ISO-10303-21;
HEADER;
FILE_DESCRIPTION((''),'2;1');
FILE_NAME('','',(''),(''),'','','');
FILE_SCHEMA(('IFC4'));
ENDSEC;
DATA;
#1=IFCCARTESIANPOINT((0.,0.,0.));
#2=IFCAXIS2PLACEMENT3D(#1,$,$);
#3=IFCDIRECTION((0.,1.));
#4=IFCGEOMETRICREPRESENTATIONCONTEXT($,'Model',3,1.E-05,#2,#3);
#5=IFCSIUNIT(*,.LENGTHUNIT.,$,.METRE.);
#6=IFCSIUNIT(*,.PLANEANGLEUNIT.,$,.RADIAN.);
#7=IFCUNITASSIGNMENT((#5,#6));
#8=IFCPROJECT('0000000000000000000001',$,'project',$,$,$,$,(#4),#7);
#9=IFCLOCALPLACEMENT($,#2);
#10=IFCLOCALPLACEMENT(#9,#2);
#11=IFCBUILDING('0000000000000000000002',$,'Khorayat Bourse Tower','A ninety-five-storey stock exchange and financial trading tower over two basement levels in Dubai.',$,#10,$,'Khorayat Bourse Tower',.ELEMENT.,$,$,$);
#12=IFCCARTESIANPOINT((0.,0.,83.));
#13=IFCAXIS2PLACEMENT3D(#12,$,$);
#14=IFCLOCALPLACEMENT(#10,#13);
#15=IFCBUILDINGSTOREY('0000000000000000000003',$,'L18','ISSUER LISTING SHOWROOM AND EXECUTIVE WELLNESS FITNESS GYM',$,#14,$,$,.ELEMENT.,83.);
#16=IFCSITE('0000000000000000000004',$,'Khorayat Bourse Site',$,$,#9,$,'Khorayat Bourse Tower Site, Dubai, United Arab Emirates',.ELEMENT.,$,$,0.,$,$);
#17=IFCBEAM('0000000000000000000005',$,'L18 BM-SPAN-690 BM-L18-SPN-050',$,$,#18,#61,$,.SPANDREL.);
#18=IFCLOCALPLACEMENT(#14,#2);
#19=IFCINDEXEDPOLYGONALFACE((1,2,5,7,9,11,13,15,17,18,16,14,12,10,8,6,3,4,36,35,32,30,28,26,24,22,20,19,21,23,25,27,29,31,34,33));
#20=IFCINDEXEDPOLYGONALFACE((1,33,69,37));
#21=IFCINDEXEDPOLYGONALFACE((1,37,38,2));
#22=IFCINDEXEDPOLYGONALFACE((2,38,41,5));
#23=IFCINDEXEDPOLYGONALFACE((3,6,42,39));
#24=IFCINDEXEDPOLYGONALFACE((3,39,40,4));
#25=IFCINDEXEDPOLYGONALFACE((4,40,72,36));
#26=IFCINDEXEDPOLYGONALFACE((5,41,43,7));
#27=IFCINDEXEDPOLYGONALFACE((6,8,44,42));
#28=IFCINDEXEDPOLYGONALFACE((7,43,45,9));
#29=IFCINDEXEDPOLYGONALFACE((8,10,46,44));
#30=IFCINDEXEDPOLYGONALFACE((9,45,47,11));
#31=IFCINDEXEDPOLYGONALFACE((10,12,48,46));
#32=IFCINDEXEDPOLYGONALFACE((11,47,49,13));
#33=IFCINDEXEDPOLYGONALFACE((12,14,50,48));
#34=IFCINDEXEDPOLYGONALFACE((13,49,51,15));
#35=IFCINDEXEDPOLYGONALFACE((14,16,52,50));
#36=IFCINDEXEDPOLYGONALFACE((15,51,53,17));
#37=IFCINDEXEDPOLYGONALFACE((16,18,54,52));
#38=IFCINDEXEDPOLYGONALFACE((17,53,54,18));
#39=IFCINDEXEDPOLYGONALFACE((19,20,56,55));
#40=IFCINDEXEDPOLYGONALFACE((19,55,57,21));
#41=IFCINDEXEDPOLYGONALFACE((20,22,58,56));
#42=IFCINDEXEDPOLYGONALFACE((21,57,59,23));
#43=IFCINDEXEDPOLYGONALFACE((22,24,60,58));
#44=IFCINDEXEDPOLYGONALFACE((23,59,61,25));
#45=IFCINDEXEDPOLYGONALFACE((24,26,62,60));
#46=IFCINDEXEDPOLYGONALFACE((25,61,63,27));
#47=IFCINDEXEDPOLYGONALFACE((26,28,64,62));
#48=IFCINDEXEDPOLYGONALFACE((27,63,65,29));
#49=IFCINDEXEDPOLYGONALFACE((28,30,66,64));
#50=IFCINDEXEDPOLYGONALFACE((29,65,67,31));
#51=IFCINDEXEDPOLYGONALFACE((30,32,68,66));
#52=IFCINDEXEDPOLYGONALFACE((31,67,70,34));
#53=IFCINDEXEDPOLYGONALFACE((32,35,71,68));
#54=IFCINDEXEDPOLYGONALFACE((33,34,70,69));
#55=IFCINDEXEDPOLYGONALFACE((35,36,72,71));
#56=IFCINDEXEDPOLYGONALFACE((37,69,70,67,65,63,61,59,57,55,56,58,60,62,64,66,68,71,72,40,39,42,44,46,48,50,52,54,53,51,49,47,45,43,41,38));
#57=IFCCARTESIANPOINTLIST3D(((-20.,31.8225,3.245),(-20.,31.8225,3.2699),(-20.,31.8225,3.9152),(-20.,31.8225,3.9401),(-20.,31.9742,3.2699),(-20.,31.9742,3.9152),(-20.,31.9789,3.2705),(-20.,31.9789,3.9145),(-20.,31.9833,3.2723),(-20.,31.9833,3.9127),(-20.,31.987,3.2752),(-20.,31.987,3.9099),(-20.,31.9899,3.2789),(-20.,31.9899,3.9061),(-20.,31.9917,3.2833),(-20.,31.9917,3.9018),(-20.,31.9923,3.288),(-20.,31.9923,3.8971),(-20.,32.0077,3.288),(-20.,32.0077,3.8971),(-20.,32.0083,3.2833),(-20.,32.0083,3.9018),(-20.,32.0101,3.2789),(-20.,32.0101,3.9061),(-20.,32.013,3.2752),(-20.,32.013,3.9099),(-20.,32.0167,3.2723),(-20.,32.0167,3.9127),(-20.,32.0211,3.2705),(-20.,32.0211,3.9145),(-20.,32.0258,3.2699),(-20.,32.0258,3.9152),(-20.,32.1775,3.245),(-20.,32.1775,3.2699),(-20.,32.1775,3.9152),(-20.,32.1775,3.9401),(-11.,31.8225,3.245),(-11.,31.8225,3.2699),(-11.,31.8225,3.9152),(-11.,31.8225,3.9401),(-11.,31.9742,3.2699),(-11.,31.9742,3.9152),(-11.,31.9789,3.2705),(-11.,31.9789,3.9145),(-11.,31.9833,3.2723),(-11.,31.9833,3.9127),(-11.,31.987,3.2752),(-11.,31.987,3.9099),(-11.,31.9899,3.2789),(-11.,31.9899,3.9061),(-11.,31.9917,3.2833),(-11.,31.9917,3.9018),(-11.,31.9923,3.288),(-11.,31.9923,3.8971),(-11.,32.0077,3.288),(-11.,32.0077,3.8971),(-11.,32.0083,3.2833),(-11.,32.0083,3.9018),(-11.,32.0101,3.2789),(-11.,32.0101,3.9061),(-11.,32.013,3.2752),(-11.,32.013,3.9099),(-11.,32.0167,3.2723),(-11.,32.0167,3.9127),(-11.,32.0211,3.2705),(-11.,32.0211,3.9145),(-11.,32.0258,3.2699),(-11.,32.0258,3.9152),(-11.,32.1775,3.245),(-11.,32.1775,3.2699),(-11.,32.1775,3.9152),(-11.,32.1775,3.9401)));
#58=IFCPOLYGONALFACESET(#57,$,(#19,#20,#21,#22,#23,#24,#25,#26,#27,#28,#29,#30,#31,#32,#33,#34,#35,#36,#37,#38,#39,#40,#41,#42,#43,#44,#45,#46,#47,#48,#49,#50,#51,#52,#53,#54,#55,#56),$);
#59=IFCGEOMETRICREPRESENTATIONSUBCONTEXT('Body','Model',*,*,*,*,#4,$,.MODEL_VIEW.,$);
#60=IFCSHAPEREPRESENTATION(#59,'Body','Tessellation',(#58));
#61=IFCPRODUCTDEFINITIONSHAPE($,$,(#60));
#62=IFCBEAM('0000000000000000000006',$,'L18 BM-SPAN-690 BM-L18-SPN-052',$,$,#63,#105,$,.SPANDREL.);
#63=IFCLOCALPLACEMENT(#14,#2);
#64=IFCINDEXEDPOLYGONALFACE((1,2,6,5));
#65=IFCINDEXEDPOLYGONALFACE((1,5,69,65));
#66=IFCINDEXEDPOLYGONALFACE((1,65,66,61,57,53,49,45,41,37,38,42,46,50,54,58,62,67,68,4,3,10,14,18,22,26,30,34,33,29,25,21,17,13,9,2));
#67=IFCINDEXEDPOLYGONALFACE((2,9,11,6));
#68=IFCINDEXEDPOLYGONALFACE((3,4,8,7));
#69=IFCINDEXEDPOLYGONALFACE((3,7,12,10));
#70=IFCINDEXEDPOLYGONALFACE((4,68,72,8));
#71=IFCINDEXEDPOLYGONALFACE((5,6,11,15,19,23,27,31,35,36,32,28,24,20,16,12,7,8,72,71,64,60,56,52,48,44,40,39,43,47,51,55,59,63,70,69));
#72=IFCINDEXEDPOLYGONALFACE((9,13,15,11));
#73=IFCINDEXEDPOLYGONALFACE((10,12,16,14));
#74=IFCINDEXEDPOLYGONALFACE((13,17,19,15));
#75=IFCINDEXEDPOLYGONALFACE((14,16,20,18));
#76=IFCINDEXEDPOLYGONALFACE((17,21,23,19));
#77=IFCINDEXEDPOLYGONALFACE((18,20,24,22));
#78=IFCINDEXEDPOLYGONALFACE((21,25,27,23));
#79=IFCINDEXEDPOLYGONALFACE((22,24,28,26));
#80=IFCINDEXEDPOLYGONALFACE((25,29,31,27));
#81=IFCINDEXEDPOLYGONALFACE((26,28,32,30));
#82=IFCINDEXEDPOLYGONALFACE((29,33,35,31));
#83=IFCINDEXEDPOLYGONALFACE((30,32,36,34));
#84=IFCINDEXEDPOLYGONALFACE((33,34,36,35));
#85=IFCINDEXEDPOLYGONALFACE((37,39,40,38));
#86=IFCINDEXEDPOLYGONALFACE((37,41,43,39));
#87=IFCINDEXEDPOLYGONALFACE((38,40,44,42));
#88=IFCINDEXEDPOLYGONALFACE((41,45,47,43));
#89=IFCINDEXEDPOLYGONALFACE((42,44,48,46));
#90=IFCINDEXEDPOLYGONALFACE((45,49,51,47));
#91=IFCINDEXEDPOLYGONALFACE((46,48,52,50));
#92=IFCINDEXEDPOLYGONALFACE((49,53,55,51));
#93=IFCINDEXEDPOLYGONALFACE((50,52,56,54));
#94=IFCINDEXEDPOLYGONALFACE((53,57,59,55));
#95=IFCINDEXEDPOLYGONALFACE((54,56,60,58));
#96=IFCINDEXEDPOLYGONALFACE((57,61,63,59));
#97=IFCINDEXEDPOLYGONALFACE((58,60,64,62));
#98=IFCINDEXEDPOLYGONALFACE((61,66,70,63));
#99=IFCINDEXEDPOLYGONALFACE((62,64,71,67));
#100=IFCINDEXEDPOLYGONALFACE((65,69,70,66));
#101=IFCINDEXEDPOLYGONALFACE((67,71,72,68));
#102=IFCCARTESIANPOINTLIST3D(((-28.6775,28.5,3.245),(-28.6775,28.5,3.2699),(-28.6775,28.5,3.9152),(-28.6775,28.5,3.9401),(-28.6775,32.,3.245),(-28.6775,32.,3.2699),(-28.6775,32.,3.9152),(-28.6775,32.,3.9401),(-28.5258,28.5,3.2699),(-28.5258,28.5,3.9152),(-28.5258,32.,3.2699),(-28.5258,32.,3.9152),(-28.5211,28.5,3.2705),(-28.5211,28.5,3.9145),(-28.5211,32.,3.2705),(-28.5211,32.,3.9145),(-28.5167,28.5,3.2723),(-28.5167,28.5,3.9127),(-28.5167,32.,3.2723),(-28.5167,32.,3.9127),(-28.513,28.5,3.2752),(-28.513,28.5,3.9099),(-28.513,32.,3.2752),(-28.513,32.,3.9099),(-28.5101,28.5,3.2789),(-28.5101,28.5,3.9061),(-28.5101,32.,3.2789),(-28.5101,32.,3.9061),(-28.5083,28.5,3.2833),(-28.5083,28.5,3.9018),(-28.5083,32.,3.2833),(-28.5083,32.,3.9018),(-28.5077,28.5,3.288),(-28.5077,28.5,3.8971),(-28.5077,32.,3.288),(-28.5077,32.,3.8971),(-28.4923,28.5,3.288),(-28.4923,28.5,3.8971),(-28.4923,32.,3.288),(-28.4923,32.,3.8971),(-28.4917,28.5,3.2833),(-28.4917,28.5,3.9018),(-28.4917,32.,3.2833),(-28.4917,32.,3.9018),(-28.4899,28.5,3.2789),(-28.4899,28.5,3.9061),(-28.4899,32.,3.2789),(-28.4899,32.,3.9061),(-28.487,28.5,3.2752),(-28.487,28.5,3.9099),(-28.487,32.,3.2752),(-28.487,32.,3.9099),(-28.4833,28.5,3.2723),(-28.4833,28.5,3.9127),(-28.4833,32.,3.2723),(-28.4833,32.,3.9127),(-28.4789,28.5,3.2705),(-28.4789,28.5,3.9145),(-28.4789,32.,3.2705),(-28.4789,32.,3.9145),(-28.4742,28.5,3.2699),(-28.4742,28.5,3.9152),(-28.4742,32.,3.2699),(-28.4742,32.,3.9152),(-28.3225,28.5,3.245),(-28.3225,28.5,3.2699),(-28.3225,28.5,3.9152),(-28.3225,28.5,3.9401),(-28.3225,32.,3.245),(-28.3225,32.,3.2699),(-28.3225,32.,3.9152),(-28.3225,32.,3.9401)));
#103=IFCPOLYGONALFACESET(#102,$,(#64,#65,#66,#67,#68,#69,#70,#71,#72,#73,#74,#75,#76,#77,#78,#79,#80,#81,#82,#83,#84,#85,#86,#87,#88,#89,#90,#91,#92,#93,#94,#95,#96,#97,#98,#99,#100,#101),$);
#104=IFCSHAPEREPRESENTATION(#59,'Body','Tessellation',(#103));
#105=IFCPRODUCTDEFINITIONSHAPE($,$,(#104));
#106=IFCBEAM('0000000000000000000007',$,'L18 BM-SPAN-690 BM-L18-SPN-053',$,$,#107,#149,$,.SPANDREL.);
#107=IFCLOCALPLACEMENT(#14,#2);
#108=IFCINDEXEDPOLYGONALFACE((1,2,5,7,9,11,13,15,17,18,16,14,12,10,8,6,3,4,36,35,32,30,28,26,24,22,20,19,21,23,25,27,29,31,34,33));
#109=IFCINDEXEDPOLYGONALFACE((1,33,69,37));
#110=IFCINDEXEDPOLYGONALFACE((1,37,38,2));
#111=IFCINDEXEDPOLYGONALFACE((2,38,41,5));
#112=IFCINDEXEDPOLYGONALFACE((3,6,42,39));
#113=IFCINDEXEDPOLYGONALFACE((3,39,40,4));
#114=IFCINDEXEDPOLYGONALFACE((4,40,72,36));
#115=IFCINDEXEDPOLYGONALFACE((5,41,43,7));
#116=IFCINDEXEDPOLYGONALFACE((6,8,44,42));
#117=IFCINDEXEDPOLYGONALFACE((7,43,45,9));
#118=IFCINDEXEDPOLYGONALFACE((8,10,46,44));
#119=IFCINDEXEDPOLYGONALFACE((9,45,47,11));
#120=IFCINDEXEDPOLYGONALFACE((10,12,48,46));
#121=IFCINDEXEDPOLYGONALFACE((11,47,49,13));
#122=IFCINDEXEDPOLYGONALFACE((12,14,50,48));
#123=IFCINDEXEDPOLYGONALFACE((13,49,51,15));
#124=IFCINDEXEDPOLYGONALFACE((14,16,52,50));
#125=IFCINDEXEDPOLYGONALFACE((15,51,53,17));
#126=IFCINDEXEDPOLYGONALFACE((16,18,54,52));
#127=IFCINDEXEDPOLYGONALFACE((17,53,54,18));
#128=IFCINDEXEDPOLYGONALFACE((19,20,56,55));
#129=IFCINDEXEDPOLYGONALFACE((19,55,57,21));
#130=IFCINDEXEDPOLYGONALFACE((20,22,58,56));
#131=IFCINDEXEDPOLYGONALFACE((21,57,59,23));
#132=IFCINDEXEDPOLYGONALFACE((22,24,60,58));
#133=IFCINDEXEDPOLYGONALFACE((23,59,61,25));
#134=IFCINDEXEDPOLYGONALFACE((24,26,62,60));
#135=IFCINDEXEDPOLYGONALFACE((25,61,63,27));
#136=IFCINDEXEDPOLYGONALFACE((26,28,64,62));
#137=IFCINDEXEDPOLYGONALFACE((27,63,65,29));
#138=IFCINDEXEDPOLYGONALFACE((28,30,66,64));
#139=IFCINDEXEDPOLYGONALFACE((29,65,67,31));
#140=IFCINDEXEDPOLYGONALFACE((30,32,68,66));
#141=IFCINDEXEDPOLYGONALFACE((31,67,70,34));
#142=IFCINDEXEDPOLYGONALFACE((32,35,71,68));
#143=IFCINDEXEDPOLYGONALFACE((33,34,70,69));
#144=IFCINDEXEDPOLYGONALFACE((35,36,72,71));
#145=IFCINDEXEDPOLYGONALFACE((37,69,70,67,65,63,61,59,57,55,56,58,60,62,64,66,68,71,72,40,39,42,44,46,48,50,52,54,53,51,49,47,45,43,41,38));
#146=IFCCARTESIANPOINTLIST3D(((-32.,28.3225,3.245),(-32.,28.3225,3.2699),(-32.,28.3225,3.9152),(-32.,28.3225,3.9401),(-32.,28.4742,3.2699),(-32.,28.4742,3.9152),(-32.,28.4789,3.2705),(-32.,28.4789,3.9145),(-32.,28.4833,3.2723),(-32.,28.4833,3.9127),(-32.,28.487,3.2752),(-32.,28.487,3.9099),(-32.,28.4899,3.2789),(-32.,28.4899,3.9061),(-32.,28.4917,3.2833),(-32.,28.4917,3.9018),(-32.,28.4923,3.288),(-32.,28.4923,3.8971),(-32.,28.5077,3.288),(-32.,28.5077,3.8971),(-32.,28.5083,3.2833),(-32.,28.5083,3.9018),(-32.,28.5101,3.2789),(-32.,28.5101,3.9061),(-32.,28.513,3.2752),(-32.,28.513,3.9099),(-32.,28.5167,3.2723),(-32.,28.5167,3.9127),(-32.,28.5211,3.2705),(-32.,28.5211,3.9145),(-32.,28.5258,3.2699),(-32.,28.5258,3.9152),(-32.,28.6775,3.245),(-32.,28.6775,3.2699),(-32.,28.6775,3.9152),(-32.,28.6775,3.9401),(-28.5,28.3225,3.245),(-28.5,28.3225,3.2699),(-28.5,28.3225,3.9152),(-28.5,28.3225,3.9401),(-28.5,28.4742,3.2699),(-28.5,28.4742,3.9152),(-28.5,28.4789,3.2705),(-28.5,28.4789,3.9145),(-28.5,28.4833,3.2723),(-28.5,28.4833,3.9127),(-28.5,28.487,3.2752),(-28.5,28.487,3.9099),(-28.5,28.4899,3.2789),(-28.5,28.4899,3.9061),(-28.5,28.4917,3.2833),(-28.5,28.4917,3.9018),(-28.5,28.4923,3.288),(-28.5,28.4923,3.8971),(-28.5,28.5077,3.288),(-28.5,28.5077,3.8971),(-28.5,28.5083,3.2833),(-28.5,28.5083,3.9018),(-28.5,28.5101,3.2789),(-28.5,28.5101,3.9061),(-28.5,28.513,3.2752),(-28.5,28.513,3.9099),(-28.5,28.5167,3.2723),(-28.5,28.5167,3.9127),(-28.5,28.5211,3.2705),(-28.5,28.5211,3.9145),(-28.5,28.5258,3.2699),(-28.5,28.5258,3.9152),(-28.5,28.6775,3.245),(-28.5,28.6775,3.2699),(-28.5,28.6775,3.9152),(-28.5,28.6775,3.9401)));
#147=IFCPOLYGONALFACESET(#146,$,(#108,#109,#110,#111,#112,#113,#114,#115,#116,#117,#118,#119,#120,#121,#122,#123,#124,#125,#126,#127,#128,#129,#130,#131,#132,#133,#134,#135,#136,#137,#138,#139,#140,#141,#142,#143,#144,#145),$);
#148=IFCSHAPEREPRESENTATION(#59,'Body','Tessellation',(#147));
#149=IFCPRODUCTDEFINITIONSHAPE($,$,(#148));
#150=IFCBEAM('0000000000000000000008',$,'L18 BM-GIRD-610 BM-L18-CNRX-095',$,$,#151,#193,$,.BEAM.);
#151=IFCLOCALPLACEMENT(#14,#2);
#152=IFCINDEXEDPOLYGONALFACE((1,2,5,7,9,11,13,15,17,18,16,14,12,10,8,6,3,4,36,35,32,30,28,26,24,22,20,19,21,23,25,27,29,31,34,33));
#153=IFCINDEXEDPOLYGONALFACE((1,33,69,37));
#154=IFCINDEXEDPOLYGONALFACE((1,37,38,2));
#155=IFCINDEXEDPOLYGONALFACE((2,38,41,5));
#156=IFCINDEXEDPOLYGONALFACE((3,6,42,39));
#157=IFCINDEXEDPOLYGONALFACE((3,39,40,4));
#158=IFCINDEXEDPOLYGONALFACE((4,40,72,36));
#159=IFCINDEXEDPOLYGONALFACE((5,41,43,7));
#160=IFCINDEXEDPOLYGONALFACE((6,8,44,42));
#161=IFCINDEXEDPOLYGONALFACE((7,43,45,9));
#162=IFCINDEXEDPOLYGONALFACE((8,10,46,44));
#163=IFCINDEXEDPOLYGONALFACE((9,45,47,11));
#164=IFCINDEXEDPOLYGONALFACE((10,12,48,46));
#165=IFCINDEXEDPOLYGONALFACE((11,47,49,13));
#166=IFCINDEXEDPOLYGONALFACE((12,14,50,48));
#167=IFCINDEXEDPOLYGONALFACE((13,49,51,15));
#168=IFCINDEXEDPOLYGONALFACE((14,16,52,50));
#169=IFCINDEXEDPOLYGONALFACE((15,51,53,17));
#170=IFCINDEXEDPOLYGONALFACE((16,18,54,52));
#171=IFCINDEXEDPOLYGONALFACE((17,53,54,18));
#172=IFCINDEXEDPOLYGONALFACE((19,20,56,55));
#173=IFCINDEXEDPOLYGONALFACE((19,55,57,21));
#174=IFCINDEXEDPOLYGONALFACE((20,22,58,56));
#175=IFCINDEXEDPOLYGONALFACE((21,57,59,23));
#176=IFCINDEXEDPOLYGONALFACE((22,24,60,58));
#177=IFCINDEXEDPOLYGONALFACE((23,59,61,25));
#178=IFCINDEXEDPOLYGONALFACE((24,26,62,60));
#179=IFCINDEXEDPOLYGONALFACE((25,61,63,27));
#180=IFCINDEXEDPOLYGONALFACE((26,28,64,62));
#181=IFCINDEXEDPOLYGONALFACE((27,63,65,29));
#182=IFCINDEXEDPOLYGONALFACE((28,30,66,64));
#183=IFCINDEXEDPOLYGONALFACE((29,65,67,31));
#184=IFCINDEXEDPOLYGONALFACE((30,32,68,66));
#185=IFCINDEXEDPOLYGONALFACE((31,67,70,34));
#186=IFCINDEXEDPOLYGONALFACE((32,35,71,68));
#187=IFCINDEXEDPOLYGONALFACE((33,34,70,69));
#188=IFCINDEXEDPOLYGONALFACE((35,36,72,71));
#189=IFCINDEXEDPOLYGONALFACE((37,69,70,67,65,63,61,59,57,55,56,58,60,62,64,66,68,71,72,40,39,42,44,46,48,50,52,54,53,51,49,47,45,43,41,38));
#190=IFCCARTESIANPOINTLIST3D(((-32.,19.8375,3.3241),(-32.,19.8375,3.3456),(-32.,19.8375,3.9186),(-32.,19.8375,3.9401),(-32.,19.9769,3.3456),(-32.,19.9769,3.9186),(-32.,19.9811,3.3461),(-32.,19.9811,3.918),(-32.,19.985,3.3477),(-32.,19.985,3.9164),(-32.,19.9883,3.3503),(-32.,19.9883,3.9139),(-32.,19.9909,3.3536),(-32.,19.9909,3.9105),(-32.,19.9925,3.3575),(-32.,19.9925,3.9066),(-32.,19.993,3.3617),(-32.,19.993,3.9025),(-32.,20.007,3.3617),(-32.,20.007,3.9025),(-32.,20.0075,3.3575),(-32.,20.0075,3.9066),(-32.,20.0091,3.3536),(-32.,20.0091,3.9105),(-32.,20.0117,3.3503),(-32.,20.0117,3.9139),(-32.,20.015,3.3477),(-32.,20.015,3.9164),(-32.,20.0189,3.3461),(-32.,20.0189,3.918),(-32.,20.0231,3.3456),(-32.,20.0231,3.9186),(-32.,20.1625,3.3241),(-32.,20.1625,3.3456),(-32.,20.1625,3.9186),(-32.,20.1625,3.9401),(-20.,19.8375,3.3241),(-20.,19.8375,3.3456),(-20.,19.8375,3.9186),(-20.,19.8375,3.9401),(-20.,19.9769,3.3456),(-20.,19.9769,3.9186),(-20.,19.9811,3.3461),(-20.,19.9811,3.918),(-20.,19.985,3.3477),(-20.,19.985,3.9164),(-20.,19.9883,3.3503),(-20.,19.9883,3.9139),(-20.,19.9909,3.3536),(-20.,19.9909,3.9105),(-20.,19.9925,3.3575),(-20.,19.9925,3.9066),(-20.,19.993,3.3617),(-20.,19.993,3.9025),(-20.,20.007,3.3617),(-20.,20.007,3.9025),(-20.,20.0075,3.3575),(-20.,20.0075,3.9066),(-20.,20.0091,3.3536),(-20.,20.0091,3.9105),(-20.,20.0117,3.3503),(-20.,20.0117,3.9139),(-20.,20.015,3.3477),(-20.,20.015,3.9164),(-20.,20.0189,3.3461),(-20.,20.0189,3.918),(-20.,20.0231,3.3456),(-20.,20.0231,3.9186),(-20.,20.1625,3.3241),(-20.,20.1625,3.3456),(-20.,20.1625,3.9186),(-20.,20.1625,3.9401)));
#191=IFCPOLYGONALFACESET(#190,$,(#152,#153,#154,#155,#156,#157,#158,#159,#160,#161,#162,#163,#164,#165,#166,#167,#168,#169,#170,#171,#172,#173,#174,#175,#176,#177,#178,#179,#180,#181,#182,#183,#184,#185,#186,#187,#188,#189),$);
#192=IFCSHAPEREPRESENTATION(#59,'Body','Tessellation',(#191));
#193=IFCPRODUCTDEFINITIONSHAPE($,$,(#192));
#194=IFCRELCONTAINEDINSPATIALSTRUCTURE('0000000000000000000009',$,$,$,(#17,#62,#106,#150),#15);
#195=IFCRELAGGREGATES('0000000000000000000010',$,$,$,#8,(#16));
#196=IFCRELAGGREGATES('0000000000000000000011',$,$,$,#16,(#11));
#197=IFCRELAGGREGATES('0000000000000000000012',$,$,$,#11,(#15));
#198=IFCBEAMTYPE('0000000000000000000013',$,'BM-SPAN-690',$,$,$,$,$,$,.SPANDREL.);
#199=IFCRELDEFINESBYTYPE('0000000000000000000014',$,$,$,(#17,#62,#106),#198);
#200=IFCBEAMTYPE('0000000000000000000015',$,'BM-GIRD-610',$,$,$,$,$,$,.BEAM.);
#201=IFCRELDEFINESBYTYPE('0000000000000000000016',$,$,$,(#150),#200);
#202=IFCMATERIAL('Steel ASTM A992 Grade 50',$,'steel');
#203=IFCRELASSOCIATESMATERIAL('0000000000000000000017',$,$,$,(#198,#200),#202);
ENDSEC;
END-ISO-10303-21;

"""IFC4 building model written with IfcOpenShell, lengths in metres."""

from ifc_helpers import new_model, si_unit, direction, frame, origin, origin_2d, place, context, subcontext, project, spatial, i_section, extrude, source, transform, mapped, material, material_profile, profile_set, type_object, element, save


model = new_model("IFC4")

# Units and contexts
model_context = context("Model", 3, precision=1e-05, world=origin(), true_north=direction((0.0, 1.0)))
body_context = subcontext(model_context, "Body", "Model", "MODEL_VIEW")
ifc_project = project(units=[si_unit("LENGTHUNIT", "METRE"), si_unit("PLANEANGLEUNIT", "RADIAN")], contexts=[model_context])

# Site, building, storey
site_placement = place(None, origin())
site = spatial("IfcSite", under=ifc_project, at=site_placement, Name="Khorayat Bourse Site", LongName="Khorayat Bourse Tower Site, Dubai, United Arab Emirates", CompositionType="ELEMENT", RefElevation=0.0)
building_placement = place(site_placement, origin())
building = spatial("IfcBuilding", under=site, at=building_placement, Name="Khorayat Bourse Tower", Description="A ninety-five-storey stock exchange and financial trading tower over two basement levels in Dubai.", LongName="Khorayat Bourse Tower", CompositionType="ELEMENT")
storey_placement = place(building_placement, frame((0.0, 0.0, 83.0)))
storey = spatial("IfcBuildingStorey", under=building, at=storey_placement, Name="L18", Description="ISSUER LISTING SHOWROOM AND EXECUTIVE WELLNESS FITNESS GYM", CompositionType="ELEMENT", Elevation=83.0)

# Beams
ifc_material_1 = material(Name="Steel ASTM A992 Grade 50", Category="steel")
ifc_material_profile_1 = material_profile(ifc_material_1, i_section(OverallWidth=0.355, OverallDepth=0.6951, WebThickness=0.0154, FlangeThickness=0.0249, FilletRadius=0.0181, at=origin_2d()), Name="W690X217")
ifc_profile_set_1 = profile_set([ifc_material_profile_1], Name="Steel ASTM A992 Grade 50")
beam_type_1 = type_object("IfcBeamType", Name="BM-SPAN-690", PredefinedType="SPANDREL", material=ifc_profile_set_1)
shared_shape_1 = source(origin(), body_context, "Body", "SweptSolid", [
    extrude(i_section(OverallWidth=0.355, OverallDepth=0.6951, WebThickness=0.0154, FlangeThickness=0.0249, FilletRadius=0.0181, at=origin_2d()), origin(), (0.0, 0.0, 1.0), 9.0),
])
beam_1_placement = place(storey_placement, frame((-20.0, 32.0, 3.5925), z_axis=(1.0, 0.0, 0.0), x_axis=(0.0, 1.0, 0.0)))
element("IfcBeam", 1, at=beam_1_placement, inside=storey, type_object=beam_type_1, Name="L18 BM-SPAN-690 BM-L18-SPN-050", PredefinedType="SPANDREL", context=body_context, shape_type="MappedRepresentation", body=[
    mapped(shared_shape_1, transform((0.0, 0.0, 0.0), scale=1.0)),
])
shared_shape_2 = source(origin(), body_context, "Body", "SweptSolid", [
    extrude(i_section(OverallWidth=0.355, OverallDepth=0.6951, WebThickness=0.0154, FlangeThickness=0.0249, FilletRadius=0.0181, at=origin_2d()), origin(), (0.0, 0.0, 1.0), 3.5),
])
for number, where, z_axis, x_axis, name in (
    (2, (-28.5, 28.5, 3.5925), (0.0, 1.0, 0.0), (-1.0, 0.0, 0.0), "L18 BM-SPAN-690 BM-L18-SPN-052"),
    (3, (-32.0, 28.5, 3.5925), (1.0, 0.0, 0.0), (0.0, 1.0, 0.0), "L18 BM-SPAN-690 BM-L18-SPN-053"),
):
    element("IfcBeam", number, at=place(storey_placement, frame(where, z_axis=z_axis, x_axis=x_axis)), inside=storey, type_object=beam_type_1, Name=name, PredefinedType="SPANDREL", context=body_context, shape_type="MappedRepresentation", body=[
        mapped(shared_shape_2, transform((0.0, 0.0, 0.0), scale=1.0)),
    ])
ifc_material_profile_2 = material_profile(ifc_material_1, i_section(OverallWidth=0.325, OverallDepth=0.616, WebThickness=0.0139, FlangeThickness=0.0215, FilletRadius=0.0161, at=origin_2d()), Name="W610X174")
ifc_profile_set_2 = profile_set([ifc_material_profile_2], Name="Steel ASTM A992 Grade 50")
beam_type_2 = type_object("IfcBeamType", Name="BM-GIRD-610", PredefinedType="BEAM", material=ifc_profile_set_2)
shared_shape_3 = source(origin(), body_context, "Body", "SweptSolid", [
    extrude(i_section(OverallWidth=0.325, OverallDepth=0.616, WebThickness=0.0139, FlangeThickness=0.0215, FilletRadius=0.0161, at=origin_2d()), origin(), (0.0, 0.0, 1.0), 12.0),
])
beam_2_placement = place(storey_placement, frame((-32.0, 20.0, 3.6321), z_axis=(1.0, 0.0, 0.0), x_axis=(0.0, 1.0, 0.0)))
element("IfcBeam", 4, at=beam_2_placement, inside=storey, type_object=beam_type_2, Name="L18 BM-GIRD-610 BM-L18-CNRX-095", PredefinedType="BEAM", context=body_context, shape_type="MappedRepresentation", body=[
    mapped(shared_shape_3, transform((0.0, 0.0, 0.0), scale=1.0)),
])

save(model, "model.ifc")
